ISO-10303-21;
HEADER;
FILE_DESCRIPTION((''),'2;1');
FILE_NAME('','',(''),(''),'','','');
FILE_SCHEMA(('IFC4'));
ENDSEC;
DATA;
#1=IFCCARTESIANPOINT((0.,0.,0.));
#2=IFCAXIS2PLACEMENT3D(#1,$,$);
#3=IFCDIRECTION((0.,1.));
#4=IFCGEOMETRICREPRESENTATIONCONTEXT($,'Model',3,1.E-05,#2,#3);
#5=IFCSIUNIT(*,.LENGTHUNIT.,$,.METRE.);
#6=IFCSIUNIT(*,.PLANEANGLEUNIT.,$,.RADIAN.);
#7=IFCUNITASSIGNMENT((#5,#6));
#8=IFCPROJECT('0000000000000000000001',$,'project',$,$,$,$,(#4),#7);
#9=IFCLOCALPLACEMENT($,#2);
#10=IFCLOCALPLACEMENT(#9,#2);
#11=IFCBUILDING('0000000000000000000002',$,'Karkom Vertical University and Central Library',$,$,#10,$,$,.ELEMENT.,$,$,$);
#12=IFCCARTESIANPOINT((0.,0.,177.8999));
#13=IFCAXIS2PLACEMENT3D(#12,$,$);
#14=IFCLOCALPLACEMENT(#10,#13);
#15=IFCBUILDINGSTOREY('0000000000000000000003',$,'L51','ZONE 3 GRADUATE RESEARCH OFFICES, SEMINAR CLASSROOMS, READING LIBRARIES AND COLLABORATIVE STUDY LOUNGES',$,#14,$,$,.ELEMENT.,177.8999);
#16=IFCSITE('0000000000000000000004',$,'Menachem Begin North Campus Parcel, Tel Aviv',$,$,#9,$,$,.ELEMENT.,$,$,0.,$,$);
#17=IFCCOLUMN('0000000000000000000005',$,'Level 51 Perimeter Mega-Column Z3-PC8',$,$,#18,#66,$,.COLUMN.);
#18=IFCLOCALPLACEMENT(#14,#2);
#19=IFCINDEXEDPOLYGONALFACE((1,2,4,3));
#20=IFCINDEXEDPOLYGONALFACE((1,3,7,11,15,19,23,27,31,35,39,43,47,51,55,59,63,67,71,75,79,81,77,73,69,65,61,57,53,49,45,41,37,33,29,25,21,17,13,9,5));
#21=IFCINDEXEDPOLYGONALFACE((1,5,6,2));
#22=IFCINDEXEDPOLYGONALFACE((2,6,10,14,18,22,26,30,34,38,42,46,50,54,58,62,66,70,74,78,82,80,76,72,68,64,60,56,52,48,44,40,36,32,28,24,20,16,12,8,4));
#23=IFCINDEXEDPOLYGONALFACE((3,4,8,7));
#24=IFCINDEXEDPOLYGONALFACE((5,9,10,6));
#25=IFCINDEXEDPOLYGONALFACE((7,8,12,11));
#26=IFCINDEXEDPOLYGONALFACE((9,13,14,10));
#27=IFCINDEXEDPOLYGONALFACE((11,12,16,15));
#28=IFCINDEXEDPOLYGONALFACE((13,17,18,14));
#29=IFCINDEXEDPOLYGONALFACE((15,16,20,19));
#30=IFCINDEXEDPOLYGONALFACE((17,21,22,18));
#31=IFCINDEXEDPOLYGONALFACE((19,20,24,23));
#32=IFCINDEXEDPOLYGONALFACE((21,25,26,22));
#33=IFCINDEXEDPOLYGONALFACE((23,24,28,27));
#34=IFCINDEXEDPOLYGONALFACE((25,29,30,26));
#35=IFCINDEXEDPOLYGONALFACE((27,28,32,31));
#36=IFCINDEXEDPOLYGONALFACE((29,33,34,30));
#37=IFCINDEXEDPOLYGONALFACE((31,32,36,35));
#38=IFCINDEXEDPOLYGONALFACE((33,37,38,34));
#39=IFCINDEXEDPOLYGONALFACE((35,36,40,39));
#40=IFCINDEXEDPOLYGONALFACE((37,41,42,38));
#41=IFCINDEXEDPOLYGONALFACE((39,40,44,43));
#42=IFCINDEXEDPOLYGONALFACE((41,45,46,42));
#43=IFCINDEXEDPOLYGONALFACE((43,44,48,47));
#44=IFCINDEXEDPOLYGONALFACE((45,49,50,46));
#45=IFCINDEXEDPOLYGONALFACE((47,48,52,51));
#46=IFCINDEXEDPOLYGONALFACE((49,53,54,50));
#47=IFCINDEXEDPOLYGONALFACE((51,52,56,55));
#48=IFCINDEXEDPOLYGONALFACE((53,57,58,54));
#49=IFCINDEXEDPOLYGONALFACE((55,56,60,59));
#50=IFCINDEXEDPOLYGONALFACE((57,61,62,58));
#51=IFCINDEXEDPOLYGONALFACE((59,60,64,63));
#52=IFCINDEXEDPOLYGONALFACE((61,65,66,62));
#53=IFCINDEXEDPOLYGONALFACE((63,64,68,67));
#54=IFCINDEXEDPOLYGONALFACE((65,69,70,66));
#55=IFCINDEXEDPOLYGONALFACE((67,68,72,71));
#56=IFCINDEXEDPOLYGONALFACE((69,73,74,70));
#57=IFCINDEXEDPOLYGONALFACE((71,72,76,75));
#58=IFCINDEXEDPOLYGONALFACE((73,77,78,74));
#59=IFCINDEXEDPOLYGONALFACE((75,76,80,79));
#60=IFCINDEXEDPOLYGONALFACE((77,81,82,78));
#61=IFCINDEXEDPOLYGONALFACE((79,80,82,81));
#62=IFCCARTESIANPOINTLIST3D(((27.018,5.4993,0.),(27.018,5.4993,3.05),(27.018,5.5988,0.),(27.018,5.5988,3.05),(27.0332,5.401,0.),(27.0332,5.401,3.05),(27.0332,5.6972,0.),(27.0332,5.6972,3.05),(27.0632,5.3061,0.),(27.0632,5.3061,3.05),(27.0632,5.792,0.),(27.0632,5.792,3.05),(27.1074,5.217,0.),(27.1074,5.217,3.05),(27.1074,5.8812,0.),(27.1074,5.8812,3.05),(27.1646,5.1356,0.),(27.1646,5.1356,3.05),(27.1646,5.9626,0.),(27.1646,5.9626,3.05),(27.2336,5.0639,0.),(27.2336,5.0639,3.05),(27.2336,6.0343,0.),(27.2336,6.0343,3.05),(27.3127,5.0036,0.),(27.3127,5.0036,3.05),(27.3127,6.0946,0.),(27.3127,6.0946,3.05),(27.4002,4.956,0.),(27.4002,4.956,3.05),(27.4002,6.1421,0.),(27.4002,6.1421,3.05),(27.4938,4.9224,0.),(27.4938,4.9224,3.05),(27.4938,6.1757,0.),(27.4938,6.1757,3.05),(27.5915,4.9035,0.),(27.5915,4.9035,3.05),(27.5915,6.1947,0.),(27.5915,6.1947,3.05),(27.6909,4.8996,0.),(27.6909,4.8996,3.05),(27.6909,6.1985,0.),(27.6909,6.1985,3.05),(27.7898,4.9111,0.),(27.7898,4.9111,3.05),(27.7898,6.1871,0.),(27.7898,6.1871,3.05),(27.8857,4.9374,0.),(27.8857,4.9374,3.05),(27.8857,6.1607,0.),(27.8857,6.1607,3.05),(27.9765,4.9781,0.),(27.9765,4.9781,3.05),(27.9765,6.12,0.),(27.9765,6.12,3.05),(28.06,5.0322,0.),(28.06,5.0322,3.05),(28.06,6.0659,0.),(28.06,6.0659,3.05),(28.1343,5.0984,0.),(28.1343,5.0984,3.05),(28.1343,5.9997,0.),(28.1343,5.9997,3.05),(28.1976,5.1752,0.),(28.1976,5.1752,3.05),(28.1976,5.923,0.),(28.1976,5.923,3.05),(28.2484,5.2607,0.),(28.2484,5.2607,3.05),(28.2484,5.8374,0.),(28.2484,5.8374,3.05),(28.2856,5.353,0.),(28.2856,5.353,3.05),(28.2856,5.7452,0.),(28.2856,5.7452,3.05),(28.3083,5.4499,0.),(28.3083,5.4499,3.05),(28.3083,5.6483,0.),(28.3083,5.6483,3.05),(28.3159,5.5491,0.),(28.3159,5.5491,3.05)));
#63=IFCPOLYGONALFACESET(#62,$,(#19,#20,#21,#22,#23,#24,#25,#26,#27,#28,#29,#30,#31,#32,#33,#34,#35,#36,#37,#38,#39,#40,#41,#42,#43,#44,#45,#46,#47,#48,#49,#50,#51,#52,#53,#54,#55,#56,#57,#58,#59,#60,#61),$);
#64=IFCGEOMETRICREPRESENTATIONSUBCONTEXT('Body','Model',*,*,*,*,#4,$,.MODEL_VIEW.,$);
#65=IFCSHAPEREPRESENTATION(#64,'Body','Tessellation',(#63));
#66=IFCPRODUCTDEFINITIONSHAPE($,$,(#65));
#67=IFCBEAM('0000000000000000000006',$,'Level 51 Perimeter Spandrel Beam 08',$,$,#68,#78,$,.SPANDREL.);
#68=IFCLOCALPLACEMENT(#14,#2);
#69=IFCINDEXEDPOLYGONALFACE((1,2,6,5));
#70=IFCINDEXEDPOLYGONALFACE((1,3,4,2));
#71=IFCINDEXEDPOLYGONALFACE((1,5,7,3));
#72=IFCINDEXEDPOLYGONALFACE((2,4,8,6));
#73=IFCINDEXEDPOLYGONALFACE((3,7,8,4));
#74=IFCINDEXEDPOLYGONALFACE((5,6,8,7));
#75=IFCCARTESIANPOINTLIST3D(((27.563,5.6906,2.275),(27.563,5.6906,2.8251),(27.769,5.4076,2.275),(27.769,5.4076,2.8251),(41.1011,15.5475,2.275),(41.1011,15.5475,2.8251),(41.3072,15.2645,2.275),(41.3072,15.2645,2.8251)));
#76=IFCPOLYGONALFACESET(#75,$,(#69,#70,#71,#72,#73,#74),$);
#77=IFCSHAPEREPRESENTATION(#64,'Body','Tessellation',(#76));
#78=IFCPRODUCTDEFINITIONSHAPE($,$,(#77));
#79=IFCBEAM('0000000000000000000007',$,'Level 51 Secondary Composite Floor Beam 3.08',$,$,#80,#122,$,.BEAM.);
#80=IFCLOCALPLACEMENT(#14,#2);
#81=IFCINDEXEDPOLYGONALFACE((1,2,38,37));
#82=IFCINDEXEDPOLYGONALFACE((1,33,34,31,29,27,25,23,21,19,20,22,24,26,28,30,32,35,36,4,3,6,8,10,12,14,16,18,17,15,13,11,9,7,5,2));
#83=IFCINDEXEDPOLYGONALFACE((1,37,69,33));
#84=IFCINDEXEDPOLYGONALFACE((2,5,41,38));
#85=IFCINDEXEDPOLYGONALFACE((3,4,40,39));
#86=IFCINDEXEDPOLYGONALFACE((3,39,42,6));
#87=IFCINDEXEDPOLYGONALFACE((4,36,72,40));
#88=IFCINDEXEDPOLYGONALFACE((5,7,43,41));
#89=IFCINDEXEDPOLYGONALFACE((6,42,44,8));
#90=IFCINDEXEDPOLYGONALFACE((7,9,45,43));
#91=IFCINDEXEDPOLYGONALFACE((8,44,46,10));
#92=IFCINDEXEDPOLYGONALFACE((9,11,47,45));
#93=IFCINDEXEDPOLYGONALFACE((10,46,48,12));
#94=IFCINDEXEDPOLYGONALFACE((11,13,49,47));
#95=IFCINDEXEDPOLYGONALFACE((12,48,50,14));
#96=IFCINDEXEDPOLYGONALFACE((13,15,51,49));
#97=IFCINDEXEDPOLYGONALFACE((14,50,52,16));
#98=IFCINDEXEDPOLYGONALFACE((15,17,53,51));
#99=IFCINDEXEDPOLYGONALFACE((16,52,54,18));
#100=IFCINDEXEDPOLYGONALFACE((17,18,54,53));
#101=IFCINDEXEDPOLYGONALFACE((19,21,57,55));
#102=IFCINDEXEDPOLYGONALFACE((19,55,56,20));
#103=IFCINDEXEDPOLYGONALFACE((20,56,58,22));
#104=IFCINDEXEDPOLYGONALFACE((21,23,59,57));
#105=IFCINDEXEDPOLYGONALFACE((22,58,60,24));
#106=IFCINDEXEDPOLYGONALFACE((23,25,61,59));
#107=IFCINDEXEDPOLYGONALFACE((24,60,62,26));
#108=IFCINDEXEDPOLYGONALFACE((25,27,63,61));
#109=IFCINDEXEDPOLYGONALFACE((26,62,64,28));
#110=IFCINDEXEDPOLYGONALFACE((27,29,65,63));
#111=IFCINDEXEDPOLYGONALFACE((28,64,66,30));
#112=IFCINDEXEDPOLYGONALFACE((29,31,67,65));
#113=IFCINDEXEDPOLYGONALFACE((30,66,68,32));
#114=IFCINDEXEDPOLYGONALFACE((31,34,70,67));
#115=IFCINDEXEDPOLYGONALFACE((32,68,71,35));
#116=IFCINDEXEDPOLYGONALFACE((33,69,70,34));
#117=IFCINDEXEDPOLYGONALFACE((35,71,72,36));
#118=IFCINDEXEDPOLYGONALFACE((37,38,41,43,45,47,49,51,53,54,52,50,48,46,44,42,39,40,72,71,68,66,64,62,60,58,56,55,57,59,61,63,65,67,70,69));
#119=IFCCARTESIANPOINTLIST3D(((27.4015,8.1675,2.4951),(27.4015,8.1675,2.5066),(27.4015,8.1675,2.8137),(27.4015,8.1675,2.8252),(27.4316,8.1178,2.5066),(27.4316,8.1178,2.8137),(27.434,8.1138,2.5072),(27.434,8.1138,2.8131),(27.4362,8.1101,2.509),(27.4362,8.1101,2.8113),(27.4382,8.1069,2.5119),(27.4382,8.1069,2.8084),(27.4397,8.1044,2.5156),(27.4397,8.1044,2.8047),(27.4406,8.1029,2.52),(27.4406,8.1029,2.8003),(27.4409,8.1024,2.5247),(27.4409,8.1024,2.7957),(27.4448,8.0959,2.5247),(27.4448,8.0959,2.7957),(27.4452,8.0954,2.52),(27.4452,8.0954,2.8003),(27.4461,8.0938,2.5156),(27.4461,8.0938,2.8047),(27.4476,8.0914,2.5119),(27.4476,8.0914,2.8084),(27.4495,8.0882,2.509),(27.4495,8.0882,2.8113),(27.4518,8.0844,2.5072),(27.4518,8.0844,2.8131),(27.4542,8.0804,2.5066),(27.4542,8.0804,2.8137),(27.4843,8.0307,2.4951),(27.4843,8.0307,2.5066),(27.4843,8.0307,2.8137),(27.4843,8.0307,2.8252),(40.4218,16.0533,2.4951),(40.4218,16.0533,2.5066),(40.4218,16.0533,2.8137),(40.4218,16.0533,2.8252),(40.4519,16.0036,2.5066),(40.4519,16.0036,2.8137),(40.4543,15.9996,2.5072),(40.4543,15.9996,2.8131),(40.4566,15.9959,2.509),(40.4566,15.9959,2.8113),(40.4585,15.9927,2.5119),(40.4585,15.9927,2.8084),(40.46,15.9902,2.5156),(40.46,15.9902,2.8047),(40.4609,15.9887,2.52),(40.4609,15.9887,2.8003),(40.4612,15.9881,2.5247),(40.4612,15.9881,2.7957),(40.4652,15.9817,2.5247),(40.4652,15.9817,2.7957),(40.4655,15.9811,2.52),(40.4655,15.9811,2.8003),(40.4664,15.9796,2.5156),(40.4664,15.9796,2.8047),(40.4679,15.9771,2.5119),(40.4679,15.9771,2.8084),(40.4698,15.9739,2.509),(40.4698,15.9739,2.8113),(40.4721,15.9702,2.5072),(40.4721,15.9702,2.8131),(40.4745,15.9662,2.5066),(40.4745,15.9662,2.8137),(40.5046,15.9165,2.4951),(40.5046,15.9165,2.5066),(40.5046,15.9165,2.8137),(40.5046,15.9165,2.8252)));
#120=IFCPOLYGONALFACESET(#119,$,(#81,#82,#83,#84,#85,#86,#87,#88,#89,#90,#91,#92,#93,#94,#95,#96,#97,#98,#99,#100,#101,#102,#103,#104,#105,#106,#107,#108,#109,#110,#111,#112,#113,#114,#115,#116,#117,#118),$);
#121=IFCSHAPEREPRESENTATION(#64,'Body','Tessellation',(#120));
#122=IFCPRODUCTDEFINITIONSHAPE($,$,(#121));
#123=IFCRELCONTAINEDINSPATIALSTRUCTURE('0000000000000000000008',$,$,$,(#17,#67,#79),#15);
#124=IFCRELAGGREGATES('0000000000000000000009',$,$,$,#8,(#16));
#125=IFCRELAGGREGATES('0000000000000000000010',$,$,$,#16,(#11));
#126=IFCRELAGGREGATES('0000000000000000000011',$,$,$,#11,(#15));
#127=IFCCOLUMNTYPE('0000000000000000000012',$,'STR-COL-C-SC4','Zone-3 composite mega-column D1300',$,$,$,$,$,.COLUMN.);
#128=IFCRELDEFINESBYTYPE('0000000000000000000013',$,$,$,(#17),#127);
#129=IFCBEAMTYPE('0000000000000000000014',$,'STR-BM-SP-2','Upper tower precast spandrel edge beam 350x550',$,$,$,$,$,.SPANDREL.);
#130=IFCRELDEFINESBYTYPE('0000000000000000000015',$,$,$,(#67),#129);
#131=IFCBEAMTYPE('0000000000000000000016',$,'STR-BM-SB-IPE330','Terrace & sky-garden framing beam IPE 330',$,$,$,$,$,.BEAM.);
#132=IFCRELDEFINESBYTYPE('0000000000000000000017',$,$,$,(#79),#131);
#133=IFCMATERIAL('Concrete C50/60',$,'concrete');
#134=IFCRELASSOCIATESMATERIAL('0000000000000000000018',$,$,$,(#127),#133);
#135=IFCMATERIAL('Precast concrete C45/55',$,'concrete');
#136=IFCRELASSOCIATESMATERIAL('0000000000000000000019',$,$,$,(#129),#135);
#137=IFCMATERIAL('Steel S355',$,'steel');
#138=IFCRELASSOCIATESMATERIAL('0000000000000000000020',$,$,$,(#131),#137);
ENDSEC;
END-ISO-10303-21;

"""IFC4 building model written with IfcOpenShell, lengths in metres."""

from ifc_helpers import new_model, si_unit, direction, frame, origin, origin_with_axes, origin_2d, place, context, subcontext, project, spatial, rectangle, circle, i_section, extrude, source, transform, mapped, material, material_profile, profile_set, type_object, element, save


model = new_model("IFC4")

# Units and contexts
model_context = context("Model", 3, precision=1e-05, world=origin(), true_north=direction((0.0, 1.0)))
body_context = subcontext(model_context, "Body", "Model", "MODEL_VIEW")
ifc_project = project(units=[si_unit("LENGTHUNIT", "METRE"), si_unit("PLANEANGLEUNIT", "RADIAN")], contexts=[model_context])

# Site, building, storey
site_placement = place(None, origin())
site = spatial("IfcSite", under=ifc_project, at=site_placement, Name="Menachem Begin North Campus Parcel, Tel Aviv", CompositionType="ELEMENT", RefElevation=0.0)
building_placement = place(site_placement, origin())
building = spatial("IfcBuilding", under=site, at=building_placement, Name="Karkom Vertical University and Central Library", CompositionType="ELEMENT")
storey_placement = place(building_placement, frame((0.0, 0.0, 177.8999)))
storey = spatial("IfcBuildingStorey", under=building, at=storey_placement, Name="L51", Description="ZONE 3 GRADUATE RESEARCH OFFICES, SEMINAR CLASSROOMS, READING LIBRARIES AND COLLABORATIVE STUDY LOUNGES", CompositionType="ELEMENT", Elevation=177.8999)

# Column
ifc_material_1 = material(Name="Concrete C50/60", Category="concrete")
ifc_material_profile_1 = material_profile(ifc_material_1, circle(Radius=0.6499, at=origin_2d()), Name="CFT-D1300")
ifc_profile_set_1 = profile_set([ifc_material_profile_1], Name="Concrete C50/60")
column_type = type_object("IfcColumnType", Name="STR-COL-C-SC4", Description="Zone-3 composite mega-column D1300", PredefinedType="COLUMN", material=ifc_profile_set_1)
shared_shape_1 = source(origin_with_axes(), body_context, "Body", "SweptSolid", [
    extrude(circle(Radius=0.6499, at=origin_2d()), origin(), (0.0, 0.0, 1.0), 3.05),
])
column_placement = place(storey_placement, frame((27.666, 5.5491, 0.0), z_axis=(0.0, 0.0, 1.0), x_axis=(1.0, 0.0, 0.0)))
element("IfcColumn", 1, at=column_placement, inside=storey, type_object=column_type, Name="Level 51 Perimeter Mega-Column Z3-PC8", PredefinedType="COLUMN", context=body_context, shape_type="MappedRepresentation", body=[
    mapped(shared_shape_1, transform((0.0, 0.0, 0.0), scale=1.0)),
])

# Beams
ifc_material_2 = material(Name="Precast concrete C45/55", Category="concrete")
ifc_material_profile_2 = material_profile(ifc_material_2, rectangle(XDim=0.3501, YDim=0.55, at=origin_2d()), Name="SPB-350x550")
ifc_profile_set_2 = profile_set([ifc_material_profile_2], Name="Precast concrete C45/55")
beam_type_1 = type_object("IfcBeamType", Name="STR-BM-SP-2", Description="Upper tower precast spandrel edge beam 350x550", PredefinedType="SPANDREL", material=ifc_profile_set_2)
shared_shape_2 = source(origin_with_axes(), body_context, "Body", "SweptSolid", [
    extrude(rectangle(XDim=0.3501, YDim=0.55, at=origin_2d()), origin(), (0.0, 0.0, 1.0), 16.7463),
])
beam_1_placement = place(storey_placement, frame((27.666, 5.5491, 2.55), z_axis=(0.808422, 0.588603, 0.0), x_axis=(-0.588603, 0.808422, 0.0)))
element("IfcBeam", 2, at=beam_1_placement, inside=storey, type_object=beam_type_1, Name="Level 51 Perimeter Spandrel Beam 08", PredefinedType="SPANDREL", context=body_context, shape_type="MappedRepresentation", body=[
    mapped(shared_shape_2, transform((0.0, 0.0, 0.0), scale=1.0)),
])
ifc_material_3 = material(Name="Steel S355", Category="steel")
ifc_material_profile_3 = material_profile(ifc_material_3, i_section(OverallWidth=0.1599, OverallDepth=0.3301, WebThickness=0.0076, FlangeThickness=0.0115, FilletRadius=0.0181, at=origin_2d()), Name="IPE 330")
ifc_profile_set_3 = profile_set([ifc_material_profile_3], Name="Steel S355")
beam_type_2 = type_object("IfcBeamType", Name="STR-BM-SB-IPE330", Description="Terrace & sky-garden framing beam IPE 330", PredefinedType="BEAM", material=ifc_profile_set_3)
shared_shape_3 = source(origin_with_axes(), body_context, "Body", "SweptSolid", [
    extrude(i_section(OverallWidth=0.1599, OverallDepth=0.3301, WebThickness=0.0076, FlangeThickness=0.0115, FilletRadius=0.0181, at=origin_2d()), origin(), (0.0, 0.0, 1.0), 15.2222),
])
beam_2_placement = place(storey_placement, frame((27.4429, 8.0991, 2.6602), z_axis=(0.855353, 0.518046, 0.0), x_axis=(-0.518046, 0.855353, 0.0)))
element("IfcBeam", 3, at=beam_2_placement, inside=storey, type_object=beam_type_2, Name="Level 51 Secondary Composite Floor Beam 3.08", PredefinedType="BEAM", context=body_context, shape_type="MappedRepresentation", body=[
    mapped(shared_shape_3, transform((0.0, 0.0, 0.0), scale=1.0)),
])

save(model, "model.ifc")
